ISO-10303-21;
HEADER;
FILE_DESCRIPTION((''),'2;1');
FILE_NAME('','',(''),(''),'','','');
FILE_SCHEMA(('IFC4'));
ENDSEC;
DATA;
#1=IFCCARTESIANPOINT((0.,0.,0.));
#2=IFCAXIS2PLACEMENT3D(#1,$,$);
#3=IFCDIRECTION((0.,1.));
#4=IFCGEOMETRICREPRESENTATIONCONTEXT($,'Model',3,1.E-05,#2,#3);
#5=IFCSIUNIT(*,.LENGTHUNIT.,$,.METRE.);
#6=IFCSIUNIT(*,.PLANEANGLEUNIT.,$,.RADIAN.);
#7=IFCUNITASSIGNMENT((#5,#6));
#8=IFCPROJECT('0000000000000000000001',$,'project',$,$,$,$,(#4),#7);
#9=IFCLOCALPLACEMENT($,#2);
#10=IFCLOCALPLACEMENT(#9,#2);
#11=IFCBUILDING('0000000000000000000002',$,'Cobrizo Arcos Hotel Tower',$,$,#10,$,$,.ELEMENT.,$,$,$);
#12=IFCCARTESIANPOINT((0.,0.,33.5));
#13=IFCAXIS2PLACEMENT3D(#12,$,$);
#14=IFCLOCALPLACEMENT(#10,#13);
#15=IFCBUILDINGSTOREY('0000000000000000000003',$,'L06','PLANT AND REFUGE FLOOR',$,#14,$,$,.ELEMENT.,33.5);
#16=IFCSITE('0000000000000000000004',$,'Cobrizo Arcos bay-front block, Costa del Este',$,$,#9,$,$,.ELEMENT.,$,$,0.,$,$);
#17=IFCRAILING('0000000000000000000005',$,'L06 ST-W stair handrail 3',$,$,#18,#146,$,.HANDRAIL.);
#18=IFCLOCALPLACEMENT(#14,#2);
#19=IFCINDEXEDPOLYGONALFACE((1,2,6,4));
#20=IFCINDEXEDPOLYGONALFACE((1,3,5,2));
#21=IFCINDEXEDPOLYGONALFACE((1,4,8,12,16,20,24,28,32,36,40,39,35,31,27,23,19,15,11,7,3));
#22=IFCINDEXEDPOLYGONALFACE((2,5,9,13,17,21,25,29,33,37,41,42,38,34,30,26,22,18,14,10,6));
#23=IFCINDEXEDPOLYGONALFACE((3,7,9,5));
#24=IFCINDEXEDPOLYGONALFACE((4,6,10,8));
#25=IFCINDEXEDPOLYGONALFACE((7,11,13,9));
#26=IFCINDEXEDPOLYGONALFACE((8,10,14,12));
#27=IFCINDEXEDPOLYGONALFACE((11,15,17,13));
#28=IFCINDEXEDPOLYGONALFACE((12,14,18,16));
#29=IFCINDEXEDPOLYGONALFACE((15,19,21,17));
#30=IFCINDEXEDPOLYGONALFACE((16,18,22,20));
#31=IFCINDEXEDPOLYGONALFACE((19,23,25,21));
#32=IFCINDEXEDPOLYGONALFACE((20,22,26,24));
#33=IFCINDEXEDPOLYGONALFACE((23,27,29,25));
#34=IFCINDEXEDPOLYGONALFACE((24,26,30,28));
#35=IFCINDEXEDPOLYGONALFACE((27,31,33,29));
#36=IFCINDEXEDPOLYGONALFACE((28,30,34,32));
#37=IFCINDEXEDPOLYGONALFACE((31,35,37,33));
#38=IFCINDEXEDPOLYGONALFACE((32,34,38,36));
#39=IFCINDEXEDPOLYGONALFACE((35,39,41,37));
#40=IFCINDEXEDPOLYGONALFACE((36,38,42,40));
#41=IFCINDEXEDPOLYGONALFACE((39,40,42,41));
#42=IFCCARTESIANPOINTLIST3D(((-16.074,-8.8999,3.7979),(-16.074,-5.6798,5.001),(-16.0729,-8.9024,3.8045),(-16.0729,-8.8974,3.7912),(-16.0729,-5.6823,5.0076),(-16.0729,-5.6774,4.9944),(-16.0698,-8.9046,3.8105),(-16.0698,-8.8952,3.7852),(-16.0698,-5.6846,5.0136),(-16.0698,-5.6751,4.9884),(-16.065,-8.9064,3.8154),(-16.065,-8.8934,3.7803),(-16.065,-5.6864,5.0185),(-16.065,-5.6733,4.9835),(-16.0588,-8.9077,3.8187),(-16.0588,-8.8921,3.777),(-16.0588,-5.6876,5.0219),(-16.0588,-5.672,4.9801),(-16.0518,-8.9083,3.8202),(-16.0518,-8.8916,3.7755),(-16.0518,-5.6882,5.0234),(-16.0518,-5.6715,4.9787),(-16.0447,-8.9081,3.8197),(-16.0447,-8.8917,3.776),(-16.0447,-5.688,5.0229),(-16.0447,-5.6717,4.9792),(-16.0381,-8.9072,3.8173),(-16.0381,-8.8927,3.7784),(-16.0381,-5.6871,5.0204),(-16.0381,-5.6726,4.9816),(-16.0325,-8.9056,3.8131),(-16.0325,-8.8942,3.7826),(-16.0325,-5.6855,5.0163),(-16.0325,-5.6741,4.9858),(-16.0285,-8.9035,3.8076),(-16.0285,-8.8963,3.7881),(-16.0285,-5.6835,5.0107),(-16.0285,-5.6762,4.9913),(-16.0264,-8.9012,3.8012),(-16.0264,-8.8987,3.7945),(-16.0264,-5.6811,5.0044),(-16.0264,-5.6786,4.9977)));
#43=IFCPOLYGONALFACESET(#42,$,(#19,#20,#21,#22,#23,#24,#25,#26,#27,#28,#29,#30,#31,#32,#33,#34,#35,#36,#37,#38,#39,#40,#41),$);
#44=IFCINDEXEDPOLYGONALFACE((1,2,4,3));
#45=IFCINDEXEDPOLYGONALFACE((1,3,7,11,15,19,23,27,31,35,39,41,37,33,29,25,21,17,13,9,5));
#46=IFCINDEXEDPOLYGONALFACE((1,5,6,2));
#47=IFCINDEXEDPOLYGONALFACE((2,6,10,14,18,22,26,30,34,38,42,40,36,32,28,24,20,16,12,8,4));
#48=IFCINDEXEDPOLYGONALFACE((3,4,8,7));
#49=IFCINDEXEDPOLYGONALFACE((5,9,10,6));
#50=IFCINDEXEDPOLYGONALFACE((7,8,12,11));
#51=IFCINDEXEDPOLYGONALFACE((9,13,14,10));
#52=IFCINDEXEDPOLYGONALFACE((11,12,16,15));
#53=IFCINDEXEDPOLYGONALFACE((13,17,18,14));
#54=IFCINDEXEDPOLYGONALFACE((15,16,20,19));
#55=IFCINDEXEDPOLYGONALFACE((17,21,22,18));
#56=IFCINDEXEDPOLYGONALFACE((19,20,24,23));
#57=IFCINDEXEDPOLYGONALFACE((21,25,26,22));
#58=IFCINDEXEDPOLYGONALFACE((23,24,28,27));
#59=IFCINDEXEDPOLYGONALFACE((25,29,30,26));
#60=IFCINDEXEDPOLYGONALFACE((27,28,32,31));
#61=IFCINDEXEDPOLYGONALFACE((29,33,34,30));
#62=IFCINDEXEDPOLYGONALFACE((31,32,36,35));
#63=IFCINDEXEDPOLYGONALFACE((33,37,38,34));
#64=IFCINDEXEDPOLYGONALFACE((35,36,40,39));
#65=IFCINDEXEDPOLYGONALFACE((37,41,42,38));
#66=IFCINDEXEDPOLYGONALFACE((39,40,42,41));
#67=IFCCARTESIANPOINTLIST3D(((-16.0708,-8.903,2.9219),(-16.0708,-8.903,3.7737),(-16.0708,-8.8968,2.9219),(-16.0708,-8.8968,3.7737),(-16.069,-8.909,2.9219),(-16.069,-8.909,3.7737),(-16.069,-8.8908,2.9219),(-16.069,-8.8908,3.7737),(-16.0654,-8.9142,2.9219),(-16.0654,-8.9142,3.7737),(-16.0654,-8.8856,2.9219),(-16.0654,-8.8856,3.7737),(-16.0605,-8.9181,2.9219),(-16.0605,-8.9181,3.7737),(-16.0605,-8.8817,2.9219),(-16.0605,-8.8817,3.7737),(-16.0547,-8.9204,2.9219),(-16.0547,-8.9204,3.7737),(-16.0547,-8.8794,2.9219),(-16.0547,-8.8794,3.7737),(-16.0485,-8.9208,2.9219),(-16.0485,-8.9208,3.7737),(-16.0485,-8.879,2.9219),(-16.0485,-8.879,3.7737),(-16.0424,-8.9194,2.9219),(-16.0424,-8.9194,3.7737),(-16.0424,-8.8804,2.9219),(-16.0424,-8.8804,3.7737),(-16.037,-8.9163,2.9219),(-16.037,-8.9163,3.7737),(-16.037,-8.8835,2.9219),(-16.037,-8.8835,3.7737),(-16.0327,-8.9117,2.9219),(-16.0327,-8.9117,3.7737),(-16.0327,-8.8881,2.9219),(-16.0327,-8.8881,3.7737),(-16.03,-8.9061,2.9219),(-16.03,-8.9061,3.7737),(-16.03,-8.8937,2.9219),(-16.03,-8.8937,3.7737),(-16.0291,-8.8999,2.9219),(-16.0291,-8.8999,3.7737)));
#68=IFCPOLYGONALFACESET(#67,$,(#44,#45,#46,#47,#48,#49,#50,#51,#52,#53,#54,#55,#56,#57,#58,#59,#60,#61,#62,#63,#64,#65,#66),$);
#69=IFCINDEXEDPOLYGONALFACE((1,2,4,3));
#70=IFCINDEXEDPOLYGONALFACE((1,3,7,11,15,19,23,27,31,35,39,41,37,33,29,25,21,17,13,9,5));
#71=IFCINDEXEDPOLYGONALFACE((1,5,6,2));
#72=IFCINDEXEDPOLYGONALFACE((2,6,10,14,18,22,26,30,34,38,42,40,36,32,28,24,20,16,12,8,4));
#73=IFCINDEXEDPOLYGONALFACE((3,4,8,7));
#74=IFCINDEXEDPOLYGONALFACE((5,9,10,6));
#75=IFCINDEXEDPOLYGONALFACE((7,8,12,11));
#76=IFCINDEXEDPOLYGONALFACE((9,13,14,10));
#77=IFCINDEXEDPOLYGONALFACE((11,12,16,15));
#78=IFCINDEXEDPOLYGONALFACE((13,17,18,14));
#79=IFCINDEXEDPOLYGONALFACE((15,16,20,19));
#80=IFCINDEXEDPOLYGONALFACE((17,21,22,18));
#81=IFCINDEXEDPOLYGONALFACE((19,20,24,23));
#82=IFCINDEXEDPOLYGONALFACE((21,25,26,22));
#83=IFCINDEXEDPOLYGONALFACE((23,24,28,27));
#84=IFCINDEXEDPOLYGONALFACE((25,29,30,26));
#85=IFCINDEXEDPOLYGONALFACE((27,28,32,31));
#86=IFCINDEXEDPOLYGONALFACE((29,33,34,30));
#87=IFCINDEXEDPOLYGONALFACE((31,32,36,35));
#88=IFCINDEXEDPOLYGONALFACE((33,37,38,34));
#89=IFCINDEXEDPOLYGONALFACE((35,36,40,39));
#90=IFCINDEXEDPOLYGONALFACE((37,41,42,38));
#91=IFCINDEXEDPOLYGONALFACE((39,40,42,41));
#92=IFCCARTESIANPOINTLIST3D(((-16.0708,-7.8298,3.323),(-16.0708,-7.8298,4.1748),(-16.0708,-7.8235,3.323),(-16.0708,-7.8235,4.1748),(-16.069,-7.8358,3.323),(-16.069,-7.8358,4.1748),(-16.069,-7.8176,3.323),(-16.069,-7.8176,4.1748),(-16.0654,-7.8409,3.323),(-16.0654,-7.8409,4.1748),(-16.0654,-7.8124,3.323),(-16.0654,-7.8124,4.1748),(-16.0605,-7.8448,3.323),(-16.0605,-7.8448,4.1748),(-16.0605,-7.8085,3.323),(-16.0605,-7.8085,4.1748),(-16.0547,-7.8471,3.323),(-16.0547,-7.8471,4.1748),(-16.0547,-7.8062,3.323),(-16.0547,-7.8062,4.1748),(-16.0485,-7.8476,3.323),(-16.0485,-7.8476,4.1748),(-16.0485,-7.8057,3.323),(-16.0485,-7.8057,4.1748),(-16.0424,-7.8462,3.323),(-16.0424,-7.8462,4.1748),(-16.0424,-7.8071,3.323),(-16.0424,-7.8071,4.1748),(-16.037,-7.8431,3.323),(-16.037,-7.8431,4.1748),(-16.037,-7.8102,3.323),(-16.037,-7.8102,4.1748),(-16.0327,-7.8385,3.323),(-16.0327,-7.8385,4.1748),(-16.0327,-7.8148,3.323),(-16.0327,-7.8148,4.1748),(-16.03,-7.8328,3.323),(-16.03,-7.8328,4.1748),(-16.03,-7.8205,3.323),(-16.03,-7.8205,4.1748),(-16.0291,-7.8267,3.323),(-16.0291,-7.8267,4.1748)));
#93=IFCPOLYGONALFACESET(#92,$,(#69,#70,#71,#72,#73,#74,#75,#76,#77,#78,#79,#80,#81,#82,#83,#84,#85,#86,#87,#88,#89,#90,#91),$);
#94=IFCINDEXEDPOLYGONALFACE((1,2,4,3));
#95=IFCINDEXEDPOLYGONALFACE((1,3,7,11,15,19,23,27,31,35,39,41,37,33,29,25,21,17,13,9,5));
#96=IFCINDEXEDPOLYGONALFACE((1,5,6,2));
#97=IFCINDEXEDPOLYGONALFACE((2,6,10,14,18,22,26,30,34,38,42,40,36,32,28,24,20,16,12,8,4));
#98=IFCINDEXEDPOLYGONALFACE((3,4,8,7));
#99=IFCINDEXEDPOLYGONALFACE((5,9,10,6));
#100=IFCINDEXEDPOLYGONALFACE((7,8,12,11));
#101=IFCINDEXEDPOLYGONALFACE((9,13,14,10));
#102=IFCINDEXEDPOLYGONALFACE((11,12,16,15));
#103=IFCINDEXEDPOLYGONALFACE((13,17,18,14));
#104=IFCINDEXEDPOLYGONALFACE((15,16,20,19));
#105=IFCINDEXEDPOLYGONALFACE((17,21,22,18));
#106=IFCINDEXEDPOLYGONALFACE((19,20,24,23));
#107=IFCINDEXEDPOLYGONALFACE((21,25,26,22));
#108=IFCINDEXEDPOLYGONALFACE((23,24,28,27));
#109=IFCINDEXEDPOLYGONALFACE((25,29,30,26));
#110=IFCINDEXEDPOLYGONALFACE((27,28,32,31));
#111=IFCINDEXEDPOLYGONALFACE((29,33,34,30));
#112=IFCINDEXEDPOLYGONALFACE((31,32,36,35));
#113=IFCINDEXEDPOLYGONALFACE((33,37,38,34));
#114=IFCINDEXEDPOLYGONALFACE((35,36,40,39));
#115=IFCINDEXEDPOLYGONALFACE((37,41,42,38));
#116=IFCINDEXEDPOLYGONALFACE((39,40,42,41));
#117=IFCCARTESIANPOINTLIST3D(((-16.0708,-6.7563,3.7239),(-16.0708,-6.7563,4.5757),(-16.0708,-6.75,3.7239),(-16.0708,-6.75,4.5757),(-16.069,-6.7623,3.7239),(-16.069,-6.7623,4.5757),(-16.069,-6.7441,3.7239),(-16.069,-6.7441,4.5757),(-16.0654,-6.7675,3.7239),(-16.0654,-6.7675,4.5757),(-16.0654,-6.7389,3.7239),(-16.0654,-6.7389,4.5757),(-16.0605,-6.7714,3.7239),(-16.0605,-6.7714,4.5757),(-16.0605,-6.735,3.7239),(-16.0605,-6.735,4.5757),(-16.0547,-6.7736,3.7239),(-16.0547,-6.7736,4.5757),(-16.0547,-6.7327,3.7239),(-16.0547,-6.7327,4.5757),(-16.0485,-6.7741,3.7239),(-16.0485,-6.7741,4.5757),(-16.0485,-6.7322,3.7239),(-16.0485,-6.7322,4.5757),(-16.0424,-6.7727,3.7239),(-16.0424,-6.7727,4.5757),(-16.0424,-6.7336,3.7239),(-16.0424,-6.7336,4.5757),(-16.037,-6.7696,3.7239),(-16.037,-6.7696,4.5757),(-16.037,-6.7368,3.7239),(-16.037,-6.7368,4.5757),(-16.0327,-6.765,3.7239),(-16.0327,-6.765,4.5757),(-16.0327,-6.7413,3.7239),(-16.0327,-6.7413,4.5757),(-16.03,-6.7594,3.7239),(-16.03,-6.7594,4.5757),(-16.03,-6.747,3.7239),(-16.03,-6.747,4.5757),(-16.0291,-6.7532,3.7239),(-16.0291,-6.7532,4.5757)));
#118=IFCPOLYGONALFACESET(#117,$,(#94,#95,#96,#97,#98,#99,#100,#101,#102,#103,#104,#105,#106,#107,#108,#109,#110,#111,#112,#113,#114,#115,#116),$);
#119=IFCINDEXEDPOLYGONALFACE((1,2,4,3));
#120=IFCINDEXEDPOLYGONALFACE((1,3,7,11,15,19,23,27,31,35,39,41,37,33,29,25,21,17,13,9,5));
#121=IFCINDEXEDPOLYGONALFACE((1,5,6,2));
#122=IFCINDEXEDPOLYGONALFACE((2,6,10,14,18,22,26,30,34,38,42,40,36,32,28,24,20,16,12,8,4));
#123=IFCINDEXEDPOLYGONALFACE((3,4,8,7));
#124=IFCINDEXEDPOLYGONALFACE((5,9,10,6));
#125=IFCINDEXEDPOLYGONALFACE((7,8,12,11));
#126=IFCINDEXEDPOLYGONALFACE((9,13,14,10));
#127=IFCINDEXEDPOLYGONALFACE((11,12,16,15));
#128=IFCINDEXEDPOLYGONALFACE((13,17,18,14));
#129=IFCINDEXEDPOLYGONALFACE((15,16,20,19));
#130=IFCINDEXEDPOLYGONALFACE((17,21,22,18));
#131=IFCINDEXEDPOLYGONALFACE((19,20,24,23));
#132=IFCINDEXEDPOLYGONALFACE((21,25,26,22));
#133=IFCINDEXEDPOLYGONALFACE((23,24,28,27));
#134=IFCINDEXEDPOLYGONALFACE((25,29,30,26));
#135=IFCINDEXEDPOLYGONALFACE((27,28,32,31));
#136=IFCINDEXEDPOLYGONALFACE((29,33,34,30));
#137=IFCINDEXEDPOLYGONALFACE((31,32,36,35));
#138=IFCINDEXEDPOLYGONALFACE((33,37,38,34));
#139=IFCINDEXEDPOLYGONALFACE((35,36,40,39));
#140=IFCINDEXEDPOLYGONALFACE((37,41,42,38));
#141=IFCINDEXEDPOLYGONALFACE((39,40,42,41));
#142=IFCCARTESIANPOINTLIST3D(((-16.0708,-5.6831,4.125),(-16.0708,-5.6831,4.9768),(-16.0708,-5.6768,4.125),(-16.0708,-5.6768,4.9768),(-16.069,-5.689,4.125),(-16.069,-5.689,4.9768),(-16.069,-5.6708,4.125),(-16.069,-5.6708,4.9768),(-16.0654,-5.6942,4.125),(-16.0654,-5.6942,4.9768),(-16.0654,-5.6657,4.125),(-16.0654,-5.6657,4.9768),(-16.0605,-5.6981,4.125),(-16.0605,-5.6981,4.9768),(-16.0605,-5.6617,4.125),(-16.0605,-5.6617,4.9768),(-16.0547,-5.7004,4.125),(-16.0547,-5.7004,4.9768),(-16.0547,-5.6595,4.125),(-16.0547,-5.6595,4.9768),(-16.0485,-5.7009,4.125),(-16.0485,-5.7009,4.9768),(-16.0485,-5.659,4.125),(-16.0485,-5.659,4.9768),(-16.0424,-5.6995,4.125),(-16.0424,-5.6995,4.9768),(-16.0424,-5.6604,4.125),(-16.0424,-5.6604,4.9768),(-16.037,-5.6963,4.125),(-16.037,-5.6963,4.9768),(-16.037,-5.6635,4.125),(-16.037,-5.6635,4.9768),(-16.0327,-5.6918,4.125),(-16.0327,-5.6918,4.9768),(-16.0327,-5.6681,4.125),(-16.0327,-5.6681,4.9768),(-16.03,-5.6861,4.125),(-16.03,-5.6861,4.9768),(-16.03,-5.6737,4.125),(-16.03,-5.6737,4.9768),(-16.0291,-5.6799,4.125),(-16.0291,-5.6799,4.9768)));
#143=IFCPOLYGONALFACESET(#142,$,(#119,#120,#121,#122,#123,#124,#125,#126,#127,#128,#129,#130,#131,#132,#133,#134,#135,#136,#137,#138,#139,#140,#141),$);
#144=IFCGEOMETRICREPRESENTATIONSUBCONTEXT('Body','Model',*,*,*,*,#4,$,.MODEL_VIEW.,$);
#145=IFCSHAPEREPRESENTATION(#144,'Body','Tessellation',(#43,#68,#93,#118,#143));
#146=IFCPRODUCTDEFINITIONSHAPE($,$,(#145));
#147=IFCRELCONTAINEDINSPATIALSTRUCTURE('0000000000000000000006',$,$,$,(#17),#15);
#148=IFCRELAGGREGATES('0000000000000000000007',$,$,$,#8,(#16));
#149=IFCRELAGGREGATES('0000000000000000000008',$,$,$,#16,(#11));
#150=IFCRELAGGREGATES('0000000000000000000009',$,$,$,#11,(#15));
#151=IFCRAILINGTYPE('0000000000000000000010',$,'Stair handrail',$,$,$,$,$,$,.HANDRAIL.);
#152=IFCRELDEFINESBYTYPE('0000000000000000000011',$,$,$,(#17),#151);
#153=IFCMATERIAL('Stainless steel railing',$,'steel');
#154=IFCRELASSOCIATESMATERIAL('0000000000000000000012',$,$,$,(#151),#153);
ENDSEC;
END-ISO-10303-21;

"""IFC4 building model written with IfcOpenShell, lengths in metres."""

from ifc_helpers import new_model, si_unit, direction, frame, origin, origin_2d, place, context, subcontext, project, spatial, circle, extrude, material, type_object, element, save


model = new_model("IFC4")

# Units and contexts
model_context = context("Model", 3, precision=1e-05, world=origin(), true_north=direction((0.0, 1.0)))
body_context = subcontext(model_context, "Body", "Model", "MODEL_VIEW")
ifc_project = project(units=[si_unit("LENGTHUNIT", "METRE"), si_unit("PLANEANGLEUNIT", "RADIAN")], contexts=[model_context])

# Site, building, storey
site_placement = place(None, origin())
site = spatial("IfcSite", under=ifc_project, at=site_placement, Name="Cobrizo Arcos bay-front block, Costa del Este", CompositionType="ELEMENT", RefElevation=0.0)
building_placement = place(site_placement, origin())
building = spatial("IfcBuilding", under=site, at=building_placement, Name="Cobrizo Arcos Hotel Tower", CompositionType="ELEMENT")
storey_placement = place(building_placement, frame((0.0, 0.0, 33.5)))
storey = spatial("IfcBuildingStorey", under=building, at=storey_placement, Name="L06", Description="PLANT AND REFUGE FLOOR", CompositionType="ELEMENT", Elevation=33.5)

# Railing
ifc_material_1 = material(Name="Stainless steel railing", Category="steel")
railing_type = type_object("IfcRailingType", Name="Stair handrail", PredefinedType="HANDRAIL", material=ifc_material_1)
for number, where, name in (
    (1, (-16.05, -8.8999, 2.9219), "L06 ST-W stair handrail 3"),
):
    element("IfcRailing", number, at=place(storey_placement, frame(where)), inside=storey, type_object=railing_type, Name=name, PredefinedType="HANDRAIL", context=body_context, shape_type="SweptSolid", body=[
        extrude(circle(Radius=0.0239, at=origin_2d()), frame((0.0, 0.0, 0.876), z_axis=(0.0, 0.936746, 0.35001), x_axis=(-1.0, 0.0, 0.0)), (0.0, 0.0, 1.0), 3.4375),
        extrude(circle(Radius=0.021, at=origin_2d()), origin(), (0.0, 0.0, 1.0), 0.8518),
        extrude(circle(Radius=0.021, at=origin_2d()), frame((0.0, 1.0732, 0.4011)), (0.0, 0.0, 1.0), 0.8518),
        extrude(circle(Radius=0.021, at=origin_2d()), frame((0.0, 2.1467, 0.802)), (0.0, 0.0, 1.0), 0.8518),
        extrude(circle(Radius=0.021, at=origin_2d()), frame((0.0, 3.22, 1.2031)), (0.0, 0.0, 1.0), 0.8518),
    ])

save(model, "model.ifc")
